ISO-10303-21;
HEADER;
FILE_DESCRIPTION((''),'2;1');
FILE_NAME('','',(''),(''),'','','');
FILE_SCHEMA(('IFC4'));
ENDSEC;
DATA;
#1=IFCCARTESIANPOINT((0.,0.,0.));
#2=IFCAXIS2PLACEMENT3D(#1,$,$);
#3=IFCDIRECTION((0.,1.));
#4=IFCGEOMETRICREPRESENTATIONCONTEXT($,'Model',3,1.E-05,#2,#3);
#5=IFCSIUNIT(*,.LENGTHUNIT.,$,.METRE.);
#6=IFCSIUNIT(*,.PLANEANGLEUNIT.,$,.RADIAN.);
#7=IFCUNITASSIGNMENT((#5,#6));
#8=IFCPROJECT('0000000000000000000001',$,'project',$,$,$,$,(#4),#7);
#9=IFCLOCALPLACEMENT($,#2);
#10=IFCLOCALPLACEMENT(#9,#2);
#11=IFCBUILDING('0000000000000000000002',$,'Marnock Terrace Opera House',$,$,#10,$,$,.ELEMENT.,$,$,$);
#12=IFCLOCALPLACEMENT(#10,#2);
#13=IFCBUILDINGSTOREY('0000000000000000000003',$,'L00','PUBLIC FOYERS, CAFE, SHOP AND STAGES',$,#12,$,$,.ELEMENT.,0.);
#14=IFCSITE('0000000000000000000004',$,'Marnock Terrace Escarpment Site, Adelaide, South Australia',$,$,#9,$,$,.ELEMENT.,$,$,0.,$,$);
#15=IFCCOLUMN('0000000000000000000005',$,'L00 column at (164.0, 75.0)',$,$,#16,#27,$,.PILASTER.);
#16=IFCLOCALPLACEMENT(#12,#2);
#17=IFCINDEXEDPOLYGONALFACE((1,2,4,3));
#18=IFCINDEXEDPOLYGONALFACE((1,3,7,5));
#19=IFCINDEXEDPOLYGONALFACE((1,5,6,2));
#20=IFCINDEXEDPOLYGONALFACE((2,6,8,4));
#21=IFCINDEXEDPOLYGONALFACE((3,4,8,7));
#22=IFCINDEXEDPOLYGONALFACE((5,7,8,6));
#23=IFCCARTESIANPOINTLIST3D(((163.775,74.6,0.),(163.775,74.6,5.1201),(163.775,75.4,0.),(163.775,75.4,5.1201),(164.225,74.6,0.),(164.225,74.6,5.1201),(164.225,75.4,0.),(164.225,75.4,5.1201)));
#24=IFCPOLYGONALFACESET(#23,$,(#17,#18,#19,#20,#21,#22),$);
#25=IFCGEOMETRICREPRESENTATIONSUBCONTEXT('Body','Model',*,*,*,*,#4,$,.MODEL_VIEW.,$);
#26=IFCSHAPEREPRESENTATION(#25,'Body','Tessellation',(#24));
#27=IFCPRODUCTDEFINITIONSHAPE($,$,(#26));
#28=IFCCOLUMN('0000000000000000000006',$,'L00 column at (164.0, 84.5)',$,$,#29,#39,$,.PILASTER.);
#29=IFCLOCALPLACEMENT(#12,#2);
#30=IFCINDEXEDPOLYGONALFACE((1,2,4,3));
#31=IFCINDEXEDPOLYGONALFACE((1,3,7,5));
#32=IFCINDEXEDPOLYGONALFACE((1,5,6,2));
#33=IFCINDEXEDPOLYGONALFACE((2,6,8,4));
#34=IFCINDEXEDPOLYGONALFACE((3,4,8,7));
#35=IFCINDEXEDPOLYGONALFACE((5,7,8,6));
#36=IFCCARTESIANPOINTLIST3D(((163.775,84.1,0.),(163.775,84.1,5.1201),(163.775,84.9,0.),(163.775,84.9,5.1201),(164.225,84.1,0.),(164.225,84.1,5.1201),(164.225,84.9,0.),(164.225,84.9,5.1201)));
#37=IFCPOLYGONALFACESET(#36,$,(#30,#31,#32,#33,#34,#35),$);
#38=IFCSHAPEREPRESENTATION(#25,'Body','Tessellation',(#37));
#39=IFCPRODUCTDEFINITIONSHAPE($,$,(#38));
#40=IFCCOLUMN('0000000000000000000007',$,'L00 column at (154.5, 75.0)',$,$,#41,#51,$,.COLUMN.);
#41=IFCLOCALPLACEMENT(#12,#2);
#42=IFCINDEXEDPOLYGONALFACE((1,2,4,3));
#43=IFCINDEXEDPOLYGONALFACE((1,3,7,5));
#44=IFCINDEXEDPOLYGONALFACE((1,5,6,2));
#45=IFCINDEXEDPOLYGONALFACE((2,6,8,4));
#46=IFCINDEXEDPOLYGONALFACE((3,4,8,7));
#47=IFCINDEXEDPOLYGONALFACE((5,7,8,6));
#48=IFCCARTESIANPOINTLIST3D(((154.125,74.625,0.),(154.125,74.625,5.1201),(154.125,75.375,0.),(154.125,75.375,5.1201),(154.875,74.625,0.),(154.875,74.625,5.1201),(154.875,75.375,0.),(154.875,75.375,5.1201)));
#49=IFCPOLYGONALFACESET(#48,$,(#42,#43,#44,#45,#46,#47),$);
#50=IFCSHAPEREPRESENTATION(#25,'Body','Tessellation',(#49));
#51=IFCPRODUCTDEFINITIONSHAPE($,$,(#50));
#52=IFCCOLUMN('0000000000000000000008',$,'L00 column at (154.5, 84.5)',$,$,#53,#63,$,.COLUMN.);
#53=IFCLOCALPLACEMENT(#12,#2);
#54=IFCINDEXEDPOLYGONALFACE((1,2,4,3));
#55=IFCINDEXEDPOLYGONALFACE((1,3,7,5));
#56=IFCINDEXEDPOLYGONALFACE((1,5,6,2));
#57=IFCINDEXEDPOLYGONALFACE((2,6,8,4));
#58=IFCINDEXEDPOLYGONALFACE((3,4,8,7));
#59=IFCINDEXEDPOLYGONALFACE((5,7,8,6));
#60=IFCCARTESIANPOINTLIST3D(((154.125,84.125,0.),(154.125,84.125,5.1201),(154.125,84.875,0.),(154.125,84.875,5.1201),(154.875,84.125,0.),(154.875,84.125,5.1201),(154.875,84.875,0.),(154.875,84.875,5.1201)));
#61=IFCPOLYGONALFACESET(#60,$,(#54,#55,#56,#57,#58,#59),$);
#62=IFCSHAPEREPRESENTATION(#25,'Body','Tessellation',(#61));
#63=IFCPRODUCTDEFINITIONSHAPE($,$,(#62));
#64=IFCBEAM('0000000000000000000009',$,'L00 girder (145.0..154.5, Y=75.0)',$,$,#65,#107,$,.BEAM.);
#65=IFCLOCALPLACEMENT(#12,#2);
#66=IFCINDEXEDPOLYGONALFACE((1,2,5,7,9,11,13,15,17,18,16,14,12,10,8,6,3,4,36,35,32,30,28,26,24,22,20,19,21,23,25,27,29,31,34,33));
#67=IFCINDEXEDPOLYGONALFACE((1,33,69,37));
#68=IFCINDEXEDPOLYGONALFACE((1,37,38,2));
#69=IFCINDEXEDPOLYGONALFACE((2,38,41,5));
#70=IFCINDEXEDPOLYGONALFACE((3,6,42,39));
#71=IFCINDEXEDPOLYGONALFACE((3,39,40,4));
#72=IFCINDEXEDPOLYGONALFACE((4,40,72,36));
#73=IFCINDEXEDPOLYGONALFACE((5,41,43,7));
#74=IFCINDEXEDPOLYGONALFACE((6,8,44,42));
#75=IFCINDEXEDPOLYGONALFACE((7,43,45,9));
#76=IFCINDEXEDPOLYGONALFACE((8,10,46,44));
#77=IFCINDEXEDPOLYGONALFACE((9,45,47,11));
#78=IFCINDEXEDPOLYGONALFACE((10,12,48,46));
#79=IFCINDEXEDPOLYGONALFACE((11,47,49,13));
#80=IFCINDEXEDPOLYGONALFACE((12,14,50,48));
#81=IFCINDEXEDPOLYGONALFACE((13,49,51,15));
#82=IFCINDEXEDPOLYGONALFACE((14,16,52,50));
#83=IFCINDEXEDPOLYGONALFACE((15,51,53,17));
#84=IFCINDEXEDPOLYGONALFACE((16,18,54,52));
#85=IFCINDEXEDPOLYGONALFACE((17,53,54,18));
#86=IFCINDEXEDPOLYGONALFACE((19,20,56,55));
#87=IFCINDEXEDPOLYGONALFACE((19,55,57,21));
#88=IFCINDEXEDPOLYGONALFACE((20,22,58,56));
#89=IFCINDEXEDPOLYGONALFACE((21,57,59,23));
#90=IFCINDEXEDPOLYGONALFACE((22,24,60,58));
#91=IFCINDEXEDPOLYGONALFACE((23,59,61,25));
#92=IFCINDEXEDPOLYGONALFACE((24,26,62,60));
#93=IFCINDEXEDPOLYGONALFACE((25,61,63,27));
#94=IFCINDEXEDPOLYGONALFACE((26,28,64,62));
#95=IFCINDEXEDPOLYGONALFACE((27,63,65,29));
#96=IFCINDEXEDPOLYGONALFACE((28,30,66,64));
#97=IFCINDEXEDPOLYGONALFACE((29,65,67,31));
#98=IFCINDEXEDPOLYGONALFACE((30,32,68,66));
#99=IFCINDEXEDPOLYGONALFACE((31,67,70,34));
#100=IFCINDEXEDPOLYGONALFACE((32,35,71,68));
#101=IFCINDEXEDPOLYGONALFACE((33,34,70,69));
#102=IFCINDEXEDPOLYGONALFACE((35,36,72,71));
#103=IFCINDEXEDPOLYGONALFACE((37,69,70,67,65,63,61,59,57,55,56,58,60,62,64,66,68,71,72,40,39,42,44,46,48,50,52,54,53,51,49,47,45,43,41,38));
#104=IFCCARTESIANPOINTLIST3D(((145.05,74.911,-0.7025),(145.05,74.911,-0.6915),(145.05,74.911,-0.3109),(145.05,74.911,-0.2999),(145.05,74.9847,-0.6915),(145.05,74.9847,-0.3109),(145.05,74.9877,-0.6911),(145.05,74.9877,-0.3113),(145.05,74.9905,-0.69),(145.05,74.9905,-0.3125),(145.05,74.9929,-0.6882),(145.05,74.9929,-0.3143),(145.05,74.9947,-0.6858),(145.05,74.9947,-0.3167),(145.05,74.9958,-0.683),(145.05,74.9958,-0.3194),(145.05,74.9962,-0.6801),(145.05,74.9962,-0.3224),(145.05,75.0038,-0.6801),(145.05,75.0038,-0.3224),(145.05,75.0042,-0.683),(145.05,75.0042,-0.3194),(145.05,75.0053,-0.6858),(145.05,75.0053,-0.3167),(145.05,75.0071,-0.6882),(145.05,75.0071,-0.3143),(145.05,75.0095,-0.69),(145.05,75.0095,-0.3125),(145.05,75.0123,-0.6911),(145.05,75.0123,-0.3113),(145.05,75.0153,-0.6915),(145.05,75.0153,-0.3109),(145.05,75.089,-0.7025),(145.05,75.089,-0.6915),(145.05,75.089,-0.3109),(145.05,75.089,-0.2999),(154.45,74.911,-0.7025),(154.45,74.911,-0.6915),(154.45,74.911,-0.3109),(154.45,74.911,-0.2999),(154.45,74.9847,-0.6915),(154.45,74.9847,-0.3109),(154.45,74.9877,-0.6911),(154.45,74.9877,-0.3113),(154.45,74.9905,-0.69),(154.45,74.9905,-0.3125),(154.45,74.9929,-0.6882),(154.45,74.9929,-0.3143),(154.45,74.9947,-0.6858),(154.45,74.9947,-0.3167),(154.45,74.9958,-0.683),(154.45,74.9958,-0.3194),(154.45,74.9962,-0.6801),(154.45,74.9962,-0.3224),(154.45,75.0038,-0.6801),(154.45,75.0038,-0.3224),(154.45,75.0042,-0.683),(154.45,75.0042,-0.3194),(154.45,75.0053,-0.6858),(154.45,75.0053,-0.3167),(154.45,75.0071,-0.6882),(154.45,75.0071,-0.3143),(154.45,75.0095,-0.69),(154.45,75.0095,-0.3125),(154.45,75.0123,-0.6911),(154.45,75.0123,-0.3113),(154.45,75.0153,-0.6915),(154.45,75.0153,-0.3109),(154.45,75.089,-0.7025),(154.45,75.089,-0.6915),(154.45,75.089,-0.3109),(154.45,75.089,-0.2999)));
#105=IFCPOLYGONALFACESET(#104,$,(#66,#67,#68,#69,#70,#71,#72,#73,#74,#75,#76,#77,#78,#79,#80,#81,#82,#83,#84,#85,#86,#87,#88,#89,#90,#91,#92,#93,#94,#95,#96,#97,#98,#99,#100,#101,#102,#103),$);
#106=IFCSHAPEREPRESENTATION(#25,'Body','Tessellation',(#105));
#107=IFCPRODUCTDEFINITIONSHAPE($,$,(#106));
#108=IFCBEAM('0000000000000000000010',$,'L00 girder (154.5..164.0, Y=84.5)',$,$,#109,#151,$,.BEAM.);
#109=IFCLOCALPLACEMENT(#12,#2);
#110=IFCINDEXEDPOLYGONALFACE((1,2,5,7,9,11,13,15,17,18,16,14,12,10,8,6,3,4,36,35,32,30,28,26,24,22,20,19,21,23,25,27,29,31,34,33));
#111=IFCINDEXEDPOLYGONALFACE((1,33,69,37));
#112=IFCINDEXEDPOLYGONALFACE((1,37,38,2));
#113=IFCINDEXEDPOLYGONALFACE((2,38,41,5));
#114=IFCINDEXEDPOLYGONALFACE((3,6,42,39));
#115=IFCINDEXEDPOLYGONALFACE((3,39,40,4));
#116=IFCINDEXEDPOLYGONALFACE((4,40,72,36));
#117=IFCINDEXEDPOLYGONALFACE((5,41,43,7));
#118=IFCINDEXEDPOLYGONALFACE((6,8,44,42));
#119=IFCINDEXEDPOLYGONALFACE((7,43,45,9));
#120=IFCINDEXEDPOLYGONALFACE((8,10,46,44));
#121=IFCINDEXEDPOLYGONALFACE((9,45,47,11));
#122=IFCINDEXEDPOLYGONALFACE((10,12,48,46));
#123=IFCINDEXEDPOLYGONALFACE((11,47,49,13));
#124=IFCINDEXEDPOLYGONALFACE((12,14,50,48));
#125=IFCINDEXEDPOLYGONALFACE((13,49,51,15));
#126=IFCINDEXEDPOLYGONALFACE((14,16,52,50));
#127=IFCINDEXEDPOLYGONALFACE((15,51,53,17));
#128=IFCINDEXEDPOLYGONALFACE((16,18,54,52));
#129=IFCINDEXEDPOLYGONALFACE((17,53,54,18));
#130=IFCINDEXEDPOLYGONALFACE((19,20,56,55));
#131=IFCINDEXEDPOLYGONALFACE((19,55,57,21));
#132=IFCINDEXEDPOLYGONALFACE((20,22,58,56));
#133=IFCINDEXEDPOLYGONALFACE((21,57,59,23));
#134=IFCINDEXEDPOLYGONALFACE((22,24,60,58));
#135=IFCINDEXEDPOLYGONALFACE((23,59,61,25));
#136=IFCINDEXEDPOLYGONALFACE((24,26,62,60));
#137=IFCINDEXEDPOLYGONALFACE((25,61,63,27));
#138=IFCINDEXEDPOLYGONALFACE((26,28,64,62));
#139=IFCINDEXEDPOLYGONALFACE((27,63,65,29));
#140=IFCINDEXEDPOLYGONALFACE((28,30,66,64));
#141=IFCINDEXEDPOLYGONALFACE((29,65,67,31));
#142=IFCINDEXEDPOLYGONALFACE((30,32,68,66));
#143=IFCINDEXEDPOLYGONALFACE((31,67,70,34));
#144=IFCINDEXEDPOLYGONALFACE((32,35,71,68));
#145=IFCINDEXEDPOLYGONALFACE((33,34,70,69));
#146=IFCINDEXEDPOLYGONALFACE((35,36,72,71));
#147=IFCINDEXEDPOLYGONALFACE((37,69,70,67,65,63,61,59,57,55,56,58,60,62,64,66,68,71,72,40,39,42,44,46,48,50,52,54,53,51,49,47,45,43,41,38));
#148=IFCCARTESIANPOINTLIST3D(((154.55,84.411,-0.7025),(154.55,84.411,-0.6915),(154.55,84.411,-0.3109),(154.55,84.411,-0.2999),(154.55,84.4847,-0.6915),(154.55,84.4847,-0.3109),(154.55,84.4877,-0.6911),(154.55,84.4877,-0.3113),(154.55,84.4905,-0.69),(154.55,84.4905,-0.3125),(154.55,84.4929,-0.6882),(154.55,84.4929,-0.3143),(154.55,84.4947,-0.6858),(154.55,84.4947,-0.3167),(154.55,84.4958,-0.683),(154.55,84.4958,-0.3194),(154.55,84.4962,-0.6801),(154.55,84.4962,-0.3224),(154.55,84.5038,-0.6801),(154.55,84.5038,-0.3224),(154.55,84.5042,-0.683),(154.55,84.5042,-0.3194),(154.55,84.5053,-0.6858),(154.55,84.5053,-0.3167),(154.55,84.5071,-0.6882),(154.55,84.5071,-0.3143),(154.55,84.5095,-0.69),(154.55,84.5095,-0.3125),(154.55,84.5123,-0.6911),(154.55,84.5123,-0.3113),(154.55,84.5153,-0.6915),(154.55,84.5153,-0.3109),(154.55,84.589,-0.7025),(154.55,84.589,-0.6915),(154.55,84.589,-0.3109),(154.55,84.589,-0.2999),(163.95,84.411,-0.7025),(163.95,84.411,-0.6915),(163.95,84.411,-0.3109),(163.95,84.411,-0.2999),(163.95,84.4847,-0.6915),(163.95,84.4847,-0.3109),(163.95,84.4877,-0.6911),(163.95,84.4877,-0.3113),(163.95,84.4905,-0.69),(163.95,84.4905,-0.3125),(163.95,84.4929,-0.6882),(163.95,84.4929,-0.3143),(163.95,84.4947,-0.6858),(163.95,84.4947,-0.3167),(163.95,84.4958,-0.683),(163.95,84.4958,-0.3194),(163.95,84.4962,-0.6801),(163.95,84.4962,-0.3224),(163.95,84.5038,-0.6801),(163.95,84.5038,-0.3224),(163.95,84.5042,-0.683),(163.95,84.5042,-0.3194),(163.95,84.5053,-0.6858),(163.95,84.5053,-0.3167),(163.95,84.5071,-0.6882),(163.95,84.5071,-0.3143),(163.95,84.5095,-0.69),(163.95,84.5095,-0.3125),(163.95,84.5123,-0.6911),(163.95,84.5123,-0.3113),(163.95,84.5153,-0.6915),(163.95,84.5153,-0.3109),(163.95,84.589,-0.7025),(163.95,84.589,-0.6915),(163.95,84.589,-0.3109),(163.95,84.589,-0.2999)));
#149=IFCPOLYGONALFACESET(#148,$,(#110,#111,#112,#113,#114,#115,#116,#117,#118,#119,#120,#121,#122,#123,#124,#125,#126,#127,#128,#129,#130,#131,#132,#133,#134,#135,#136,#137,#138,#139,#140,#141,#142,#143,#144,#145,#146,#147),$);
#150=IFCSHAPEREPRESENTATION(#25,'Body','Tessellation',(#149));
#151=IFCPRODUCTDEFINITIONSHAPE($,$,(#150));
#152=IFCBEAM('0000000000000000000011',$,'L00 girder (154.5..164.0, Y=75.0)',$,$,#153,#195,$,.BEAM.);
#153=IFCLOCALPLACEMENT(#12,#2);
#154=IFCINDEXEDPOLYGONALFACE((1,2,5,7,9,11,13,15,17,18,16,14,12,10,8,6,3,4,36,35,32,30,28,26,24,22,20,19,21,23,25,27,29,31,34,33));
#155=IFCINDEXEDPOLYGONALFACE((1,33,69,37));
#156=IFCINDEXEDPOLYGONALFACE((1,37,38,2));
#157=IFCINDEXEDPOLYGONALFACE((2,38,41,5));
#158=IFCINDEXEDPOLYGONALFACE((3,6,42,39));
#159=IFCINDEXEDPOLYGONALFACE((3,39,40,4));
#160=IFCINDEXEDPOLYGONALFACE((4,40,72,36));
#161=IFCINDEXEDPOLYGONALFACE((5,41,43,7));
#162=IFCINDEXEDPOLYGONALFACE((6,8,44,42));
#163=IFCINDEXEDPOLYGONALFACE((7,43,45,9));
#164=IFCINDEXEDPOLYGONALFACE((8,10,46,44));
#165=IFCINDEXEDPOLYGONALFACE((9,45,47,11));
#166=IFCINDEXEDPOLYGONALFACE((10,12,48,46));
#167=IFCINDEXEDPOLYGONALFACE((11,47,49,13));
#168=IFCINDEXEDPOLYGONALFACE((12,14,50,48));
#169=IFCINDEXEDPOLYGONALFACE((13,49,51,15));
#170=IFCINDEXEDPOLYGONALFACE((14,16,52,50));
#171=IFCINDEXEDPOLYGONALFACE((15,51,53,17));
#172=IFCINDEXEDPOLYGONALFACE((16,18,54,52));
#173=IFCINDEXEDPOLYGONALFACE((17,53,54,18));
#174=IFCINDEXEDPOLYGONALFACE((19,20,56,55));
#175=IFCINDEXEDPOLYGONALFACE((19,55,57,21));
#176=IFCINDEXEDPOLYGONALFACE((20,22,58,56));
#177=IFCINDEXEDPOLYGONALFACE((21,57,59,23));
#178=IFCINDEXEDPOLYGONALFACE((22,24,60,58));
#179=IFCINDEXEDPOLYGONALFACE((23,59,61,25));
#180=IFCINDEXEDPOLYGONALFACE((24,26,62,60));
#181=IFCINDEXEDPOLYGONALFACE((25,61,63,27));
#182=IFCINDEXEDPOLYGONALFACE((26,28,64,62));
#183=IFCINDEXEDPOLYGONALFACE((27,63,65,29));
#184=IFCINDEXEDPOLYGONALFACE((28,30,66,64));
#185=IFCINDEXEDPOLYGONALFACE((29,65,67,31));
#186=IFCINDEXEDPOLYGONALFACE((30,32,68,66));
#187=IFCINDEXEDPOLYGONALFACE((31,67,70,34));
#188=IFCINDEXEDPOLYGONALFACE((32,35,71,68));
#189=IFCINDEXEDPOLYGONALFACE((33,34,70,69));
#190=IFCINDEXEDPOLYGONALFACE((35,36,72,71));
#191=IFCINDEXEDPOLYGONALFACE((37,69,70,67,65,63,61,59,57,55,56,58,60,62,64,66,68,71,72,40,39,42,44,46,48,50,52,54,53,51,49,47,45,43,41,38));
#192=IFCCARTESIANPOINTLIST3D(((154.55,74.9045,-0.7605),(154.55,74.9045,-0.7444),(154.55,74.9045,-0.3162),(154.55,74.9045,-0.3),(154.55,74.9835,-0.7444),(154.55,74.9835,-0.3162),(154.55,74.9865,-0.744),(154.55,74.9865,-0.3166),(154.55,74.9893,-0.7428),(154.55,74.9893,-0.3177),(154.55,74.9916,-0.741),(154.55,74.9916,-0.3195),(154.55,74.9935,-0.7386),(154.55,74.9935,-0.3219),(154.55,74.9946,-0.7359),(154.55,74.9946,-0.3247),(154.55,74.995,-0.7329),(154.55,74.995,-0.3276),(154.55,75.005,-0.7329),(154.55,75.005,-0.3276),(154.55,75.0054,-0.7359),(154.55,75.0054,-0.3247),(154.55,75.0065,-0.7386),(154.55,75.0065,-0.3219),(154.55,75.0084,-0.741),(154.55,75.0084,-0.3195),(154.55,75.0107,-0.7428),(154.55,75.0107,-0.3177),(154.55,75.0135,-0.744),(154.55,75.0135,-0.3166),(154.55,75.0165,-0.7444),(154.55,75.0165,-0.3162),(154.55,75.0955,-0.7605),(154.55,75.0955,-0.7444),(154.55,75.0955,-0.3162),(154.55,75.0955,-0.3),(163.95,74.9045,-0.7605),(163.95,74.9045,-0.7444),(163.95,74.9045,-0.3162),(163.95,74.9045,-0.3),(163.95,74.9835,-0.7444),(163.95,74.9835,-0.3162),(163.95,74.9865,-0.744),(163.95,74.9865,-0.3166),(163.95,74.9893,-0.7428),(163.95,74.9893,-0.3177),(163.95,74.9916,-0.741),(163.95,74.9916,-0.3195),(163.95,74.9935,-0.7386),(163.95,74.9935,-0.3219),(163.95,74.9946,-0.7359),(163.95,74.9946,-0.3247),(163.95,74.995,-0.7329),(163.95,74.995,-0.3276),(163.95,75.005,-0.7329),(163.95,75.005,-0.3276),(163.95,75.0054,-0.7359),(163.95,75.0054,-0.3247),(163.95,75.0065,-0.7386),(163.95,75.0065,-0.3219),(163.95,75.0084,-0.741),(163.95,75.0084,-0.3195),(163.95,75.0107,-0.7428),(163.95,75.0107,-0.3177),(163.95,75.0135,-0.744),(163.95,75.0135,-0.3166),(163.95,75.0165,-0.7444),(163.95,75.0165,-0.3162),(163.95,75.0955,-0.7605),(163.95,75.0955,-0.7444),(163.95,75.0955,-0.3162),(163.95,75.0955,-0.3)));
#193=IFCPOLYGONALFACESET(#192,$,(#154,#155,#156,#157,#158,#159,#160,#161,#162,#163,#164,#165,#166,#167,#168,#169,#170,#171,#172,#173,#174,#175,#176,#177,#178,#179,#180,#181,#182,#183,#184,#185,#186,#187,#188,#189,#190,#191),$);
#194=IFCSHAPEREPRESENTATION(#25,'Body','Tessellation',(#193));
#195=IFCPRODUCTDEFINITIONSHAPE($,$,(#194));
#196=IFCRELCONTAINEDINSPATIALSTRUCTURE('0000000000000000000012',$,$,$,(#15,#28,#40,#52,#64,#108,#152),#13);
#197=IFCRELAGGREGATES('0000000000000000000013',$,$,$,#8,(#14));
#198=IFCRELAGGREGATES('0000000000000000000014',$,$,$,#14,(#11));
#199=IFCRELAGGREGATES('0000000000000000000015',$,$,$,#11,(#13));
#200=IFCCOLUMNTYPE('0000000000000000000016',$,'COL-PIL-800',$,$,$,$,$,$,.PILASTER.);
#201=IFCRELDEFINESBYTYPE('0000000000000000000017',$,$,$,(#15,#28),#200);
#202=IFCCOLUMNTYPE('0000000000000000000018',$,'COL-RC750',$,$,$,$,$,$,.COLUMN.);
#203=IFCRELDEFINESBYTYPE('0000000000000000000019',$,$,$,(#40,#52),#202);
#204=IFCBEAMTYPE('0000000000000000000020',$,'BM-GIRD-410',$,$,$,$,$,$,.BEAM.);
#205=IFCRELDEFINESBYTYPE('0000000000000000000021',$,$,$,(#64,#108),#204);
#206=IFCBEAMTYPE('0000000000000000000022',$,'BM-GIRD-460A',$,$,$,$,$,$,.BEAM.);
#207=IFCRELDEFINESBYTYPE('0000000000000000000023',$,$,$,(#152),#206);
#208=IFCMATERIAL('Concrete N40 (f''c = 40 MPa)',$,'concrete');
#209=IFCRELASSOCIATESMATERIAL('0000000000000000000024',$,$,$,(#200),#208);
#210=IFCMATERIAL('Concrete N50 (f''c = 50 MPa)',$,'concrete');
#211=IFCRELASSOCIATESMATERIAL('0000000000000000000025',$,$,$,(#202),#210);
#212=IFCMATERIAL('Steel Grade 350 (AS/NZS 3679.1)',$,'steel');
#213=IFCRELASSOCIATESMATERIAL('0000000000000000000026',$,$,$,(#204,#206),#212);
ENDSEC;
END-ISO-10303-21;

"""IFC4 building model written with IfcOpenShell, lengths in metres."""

from ifc_helpers import new_model, si_unit, direction, frame, origin, origin_2d, place, context, subcontext, project, spatial, rectangle, i_section, extrude, material, material_profile, profile_set, type_object, element, save


model = new_model("IFC4")

# Units and contexts
model_context = context("Model", 3, precision=1e-05, world=origin(), true_north=direction((0.0, 1.0)))
body_context = subcontext(model_context, "Body", "Model", "MODEL_VIEW")
ifc_project = project(units=[si_unit("LENGTHUNIT", "METRE"), si_unit("PLANEANGLEUNIT", "RADIAN")], contexts=[model_context])

# Site, building, storey
site_placement = place(None, origin())
site = spatial("IfcSite", under=ifc_project, at=site_placement, Name="Marnock Terrace Escarpment Site, Adelaide, South Australia", CompositionType="ELEMENT", RefElevation=0.0)
building_placement = place(site_placement, origin())
building = spatial("IfcBuilding", under=site, at=building_placement, Name="Marnock Terrace Opera House", CompositionType="ELEMENT")
storey_placement = place(building_placement, origin())
storey = spatial("IfcBuildingStorey", under=building, at=storey_placement, Name="L00", Description="PUBLIC FOYERS, CAFE, SHOP AND STAGES", CompositionType="ELEMENT", Elevation=0.0)

# Columns
ifc_material_1 = material(Name="Concrete N40 (f'c = 40 MPa)", Category="concrete")
ifc_material_profile_1 = material_profile(ifc_material_1, rectangle(XDim=0.45, YDim=0.8, at=origin_2d()))
ifc_profile_set_1 = profile_set([ifc_material_profile_1], Name="Concrete N40 (f'c = 40 MPa)")
column_type_1 = type_object("IfcColumnType", Name="COL-PIL-800", PredefinedType="PILASTER", material=ifc_profile_set_1)
for number, where, z_axis, x_axis, name in (
    (1, (164.0, 75.0, 0.0), (0.0, 0.0, 1.0), (1.0, 0.0, 0.0), "L00 column at (164.0, 75.0)"),
    (2, (164.0, 84.5, 0.0), (0.0, 0.0, 1.0), (1.0, 0.0, 0.0), "L00 column at (164.0, 84.5)"),
):
    element("IfcColumn", number, at=place(storey_placement, frame(where, z_axis=z_axis, x_axis=x_axis)), inside=storey, type_object=column_type_1, Name=name, PredefinedType="PILASTER", context=body_context, shape_type="SweptSolid", body=[
        extrude(rectangle(XDim=0.45, YDim=0.8, at=origin_2d()), origin(), (0.0, 0.0, 1.0), 5.1201),
    ])
ifc_material_2 = material(Name="Concrete N50 (f'c = 50 MPa)", Category="concrete")
ifc_material_profile_2 = material_profile(ifc_material_2, rectangle(XDim=0.75, YDim=0.75, at=origin_2d()))
ifc_profile_set_2 = profile_set([ifc_material_profile_2], Name="Concrete N50 (f'c = 50 MPa)")
column_type_2 = type_object("IfcColumnType", Name="COL-RC750", PredefinedType="COLUMN", material=ifc_profile_set_2)
for number, where, z_axis, x_axis, name in (
    (3, (154.5, 75.0, 0.0), (0.0, 0.0, 1.0), (1.0, 0.0, 0.0), "L00 column at (154.5, 75.0)"),
    (4, (154.5, 84.5, 0.0), (0.0, 0.0, 1.0), (1.0, 0.0, 0.0), "L00 column at (154.5, 84.5)"),
):
    element("IfcColumn", number, at=place(storey_placement, frame(where, z_axis=z_axis, x_axis=x_axis)), inside=storey, type_object=column_type_2, Name=name, PredefinedType="COLUMN", context=body_context, shape_type="SweptSolid", body=[
        extrude(rectangle(XDim=0.75, YDim=0.75, at=origin_2d()), origin(), (0.0, 0.0, 1.0), 5.1201),
    ])

# Beams
ifc_material_3 = material(Name="Steel Grade 350 (AS/NZS 3679.1)", Category="steel")
ifc_material_profile_3 = material_profile(ifc_material_3, i_section(OverallWidth=0.178, OverallDepth=0.4026, WebThickness=0.0076, FlangeThickness=0.011, FilletRadius=0.0115, at=origin_2d()))
ifc_profile_set_3 = profile_set([ifc_material_profile_3], Name="Steel Grade 350 (AS/NZS 3679.1)")
beam_type_1 = type_object("IfcBeamType", Name="BM-GIRD-410", PredefinedType="BEAM", material=ifc_profile_set_3)
for number, where, z_axis, x_axis, name in (
    (5, (145.05, 75.0, -0.5012), (1.0, 0.0, 0.0), (0.0, 1.0, 0.0), "L00 girder (145.0..154.5, Y=75.0)"),
    (6, (154.55, 84.5, -0.5012), (1.0, 0.0, 0.0), (0.0, 1.0, 0.0), "L00 girder (154.5..164.0, Y=84.5)"),
):
    element("IfcBeam", number, at=place(storey_placement, frame(where, z_axis=z_axis, x_axis=x_axis)), inside=storey, type_object=beam_type_1, Name=name, PredefinedType="BEAM", context=body_context, shape_type="SweptSolid", body=[
        extrude(i_section(OverallWidth=0.178, OverallDepth=0.4026, WebThickness=0.0076, FlangeThickness=0.011, FilletRadius=0.0115, at=origin_2d()), origin(), (0.0, 0.0, 1.0), 9.3999),
    ])
ifc_material_profile_4 = material_profile(ifc_material_3, i_section(OverallWidth=0.1909, OverallDepth=0.4604, WebThickness=0.01, FlangeThickness=0.0161, FilletRadius=0.0115, at=origin_2d()))
ifc_profile_set_4 = profile_set([ifc_material_profile_4], Name="Steel Grade 350 (AS/NZS 3679.1)")
beam_type_2 = type_object("IfcBeamType", Name="BM-GIRD-460A", PredefinedType="BEAM", material=ifc_profile_set_4)
beam_1_placement = place(storey_placement, frame((154.55, 75.0, -0.5303), z_axis=(1.0, 0.0, 0.0), x_axis=(0.0, 1.0, 0.0)))
element("IfcBeam", 7, at=beam_1_placement, inside=storey, type_object=beam_type_2, Name="L00 girder (154.5..164.0, Y=75.0)", PredefinedType="BEAM", context=body_context, shape_type="SweptSolid", body=[
    extrude(i_section(OverallWidth=0.1909, OverallDepth=0.4604, WebThickness=0.01, FlangeThickness=0.0161, FilletRadius=0.0115, at=origin_2d()), origin(), (0.0, 0.0, 1.0), 9.3999),
])

save(model, "model.ifc")
